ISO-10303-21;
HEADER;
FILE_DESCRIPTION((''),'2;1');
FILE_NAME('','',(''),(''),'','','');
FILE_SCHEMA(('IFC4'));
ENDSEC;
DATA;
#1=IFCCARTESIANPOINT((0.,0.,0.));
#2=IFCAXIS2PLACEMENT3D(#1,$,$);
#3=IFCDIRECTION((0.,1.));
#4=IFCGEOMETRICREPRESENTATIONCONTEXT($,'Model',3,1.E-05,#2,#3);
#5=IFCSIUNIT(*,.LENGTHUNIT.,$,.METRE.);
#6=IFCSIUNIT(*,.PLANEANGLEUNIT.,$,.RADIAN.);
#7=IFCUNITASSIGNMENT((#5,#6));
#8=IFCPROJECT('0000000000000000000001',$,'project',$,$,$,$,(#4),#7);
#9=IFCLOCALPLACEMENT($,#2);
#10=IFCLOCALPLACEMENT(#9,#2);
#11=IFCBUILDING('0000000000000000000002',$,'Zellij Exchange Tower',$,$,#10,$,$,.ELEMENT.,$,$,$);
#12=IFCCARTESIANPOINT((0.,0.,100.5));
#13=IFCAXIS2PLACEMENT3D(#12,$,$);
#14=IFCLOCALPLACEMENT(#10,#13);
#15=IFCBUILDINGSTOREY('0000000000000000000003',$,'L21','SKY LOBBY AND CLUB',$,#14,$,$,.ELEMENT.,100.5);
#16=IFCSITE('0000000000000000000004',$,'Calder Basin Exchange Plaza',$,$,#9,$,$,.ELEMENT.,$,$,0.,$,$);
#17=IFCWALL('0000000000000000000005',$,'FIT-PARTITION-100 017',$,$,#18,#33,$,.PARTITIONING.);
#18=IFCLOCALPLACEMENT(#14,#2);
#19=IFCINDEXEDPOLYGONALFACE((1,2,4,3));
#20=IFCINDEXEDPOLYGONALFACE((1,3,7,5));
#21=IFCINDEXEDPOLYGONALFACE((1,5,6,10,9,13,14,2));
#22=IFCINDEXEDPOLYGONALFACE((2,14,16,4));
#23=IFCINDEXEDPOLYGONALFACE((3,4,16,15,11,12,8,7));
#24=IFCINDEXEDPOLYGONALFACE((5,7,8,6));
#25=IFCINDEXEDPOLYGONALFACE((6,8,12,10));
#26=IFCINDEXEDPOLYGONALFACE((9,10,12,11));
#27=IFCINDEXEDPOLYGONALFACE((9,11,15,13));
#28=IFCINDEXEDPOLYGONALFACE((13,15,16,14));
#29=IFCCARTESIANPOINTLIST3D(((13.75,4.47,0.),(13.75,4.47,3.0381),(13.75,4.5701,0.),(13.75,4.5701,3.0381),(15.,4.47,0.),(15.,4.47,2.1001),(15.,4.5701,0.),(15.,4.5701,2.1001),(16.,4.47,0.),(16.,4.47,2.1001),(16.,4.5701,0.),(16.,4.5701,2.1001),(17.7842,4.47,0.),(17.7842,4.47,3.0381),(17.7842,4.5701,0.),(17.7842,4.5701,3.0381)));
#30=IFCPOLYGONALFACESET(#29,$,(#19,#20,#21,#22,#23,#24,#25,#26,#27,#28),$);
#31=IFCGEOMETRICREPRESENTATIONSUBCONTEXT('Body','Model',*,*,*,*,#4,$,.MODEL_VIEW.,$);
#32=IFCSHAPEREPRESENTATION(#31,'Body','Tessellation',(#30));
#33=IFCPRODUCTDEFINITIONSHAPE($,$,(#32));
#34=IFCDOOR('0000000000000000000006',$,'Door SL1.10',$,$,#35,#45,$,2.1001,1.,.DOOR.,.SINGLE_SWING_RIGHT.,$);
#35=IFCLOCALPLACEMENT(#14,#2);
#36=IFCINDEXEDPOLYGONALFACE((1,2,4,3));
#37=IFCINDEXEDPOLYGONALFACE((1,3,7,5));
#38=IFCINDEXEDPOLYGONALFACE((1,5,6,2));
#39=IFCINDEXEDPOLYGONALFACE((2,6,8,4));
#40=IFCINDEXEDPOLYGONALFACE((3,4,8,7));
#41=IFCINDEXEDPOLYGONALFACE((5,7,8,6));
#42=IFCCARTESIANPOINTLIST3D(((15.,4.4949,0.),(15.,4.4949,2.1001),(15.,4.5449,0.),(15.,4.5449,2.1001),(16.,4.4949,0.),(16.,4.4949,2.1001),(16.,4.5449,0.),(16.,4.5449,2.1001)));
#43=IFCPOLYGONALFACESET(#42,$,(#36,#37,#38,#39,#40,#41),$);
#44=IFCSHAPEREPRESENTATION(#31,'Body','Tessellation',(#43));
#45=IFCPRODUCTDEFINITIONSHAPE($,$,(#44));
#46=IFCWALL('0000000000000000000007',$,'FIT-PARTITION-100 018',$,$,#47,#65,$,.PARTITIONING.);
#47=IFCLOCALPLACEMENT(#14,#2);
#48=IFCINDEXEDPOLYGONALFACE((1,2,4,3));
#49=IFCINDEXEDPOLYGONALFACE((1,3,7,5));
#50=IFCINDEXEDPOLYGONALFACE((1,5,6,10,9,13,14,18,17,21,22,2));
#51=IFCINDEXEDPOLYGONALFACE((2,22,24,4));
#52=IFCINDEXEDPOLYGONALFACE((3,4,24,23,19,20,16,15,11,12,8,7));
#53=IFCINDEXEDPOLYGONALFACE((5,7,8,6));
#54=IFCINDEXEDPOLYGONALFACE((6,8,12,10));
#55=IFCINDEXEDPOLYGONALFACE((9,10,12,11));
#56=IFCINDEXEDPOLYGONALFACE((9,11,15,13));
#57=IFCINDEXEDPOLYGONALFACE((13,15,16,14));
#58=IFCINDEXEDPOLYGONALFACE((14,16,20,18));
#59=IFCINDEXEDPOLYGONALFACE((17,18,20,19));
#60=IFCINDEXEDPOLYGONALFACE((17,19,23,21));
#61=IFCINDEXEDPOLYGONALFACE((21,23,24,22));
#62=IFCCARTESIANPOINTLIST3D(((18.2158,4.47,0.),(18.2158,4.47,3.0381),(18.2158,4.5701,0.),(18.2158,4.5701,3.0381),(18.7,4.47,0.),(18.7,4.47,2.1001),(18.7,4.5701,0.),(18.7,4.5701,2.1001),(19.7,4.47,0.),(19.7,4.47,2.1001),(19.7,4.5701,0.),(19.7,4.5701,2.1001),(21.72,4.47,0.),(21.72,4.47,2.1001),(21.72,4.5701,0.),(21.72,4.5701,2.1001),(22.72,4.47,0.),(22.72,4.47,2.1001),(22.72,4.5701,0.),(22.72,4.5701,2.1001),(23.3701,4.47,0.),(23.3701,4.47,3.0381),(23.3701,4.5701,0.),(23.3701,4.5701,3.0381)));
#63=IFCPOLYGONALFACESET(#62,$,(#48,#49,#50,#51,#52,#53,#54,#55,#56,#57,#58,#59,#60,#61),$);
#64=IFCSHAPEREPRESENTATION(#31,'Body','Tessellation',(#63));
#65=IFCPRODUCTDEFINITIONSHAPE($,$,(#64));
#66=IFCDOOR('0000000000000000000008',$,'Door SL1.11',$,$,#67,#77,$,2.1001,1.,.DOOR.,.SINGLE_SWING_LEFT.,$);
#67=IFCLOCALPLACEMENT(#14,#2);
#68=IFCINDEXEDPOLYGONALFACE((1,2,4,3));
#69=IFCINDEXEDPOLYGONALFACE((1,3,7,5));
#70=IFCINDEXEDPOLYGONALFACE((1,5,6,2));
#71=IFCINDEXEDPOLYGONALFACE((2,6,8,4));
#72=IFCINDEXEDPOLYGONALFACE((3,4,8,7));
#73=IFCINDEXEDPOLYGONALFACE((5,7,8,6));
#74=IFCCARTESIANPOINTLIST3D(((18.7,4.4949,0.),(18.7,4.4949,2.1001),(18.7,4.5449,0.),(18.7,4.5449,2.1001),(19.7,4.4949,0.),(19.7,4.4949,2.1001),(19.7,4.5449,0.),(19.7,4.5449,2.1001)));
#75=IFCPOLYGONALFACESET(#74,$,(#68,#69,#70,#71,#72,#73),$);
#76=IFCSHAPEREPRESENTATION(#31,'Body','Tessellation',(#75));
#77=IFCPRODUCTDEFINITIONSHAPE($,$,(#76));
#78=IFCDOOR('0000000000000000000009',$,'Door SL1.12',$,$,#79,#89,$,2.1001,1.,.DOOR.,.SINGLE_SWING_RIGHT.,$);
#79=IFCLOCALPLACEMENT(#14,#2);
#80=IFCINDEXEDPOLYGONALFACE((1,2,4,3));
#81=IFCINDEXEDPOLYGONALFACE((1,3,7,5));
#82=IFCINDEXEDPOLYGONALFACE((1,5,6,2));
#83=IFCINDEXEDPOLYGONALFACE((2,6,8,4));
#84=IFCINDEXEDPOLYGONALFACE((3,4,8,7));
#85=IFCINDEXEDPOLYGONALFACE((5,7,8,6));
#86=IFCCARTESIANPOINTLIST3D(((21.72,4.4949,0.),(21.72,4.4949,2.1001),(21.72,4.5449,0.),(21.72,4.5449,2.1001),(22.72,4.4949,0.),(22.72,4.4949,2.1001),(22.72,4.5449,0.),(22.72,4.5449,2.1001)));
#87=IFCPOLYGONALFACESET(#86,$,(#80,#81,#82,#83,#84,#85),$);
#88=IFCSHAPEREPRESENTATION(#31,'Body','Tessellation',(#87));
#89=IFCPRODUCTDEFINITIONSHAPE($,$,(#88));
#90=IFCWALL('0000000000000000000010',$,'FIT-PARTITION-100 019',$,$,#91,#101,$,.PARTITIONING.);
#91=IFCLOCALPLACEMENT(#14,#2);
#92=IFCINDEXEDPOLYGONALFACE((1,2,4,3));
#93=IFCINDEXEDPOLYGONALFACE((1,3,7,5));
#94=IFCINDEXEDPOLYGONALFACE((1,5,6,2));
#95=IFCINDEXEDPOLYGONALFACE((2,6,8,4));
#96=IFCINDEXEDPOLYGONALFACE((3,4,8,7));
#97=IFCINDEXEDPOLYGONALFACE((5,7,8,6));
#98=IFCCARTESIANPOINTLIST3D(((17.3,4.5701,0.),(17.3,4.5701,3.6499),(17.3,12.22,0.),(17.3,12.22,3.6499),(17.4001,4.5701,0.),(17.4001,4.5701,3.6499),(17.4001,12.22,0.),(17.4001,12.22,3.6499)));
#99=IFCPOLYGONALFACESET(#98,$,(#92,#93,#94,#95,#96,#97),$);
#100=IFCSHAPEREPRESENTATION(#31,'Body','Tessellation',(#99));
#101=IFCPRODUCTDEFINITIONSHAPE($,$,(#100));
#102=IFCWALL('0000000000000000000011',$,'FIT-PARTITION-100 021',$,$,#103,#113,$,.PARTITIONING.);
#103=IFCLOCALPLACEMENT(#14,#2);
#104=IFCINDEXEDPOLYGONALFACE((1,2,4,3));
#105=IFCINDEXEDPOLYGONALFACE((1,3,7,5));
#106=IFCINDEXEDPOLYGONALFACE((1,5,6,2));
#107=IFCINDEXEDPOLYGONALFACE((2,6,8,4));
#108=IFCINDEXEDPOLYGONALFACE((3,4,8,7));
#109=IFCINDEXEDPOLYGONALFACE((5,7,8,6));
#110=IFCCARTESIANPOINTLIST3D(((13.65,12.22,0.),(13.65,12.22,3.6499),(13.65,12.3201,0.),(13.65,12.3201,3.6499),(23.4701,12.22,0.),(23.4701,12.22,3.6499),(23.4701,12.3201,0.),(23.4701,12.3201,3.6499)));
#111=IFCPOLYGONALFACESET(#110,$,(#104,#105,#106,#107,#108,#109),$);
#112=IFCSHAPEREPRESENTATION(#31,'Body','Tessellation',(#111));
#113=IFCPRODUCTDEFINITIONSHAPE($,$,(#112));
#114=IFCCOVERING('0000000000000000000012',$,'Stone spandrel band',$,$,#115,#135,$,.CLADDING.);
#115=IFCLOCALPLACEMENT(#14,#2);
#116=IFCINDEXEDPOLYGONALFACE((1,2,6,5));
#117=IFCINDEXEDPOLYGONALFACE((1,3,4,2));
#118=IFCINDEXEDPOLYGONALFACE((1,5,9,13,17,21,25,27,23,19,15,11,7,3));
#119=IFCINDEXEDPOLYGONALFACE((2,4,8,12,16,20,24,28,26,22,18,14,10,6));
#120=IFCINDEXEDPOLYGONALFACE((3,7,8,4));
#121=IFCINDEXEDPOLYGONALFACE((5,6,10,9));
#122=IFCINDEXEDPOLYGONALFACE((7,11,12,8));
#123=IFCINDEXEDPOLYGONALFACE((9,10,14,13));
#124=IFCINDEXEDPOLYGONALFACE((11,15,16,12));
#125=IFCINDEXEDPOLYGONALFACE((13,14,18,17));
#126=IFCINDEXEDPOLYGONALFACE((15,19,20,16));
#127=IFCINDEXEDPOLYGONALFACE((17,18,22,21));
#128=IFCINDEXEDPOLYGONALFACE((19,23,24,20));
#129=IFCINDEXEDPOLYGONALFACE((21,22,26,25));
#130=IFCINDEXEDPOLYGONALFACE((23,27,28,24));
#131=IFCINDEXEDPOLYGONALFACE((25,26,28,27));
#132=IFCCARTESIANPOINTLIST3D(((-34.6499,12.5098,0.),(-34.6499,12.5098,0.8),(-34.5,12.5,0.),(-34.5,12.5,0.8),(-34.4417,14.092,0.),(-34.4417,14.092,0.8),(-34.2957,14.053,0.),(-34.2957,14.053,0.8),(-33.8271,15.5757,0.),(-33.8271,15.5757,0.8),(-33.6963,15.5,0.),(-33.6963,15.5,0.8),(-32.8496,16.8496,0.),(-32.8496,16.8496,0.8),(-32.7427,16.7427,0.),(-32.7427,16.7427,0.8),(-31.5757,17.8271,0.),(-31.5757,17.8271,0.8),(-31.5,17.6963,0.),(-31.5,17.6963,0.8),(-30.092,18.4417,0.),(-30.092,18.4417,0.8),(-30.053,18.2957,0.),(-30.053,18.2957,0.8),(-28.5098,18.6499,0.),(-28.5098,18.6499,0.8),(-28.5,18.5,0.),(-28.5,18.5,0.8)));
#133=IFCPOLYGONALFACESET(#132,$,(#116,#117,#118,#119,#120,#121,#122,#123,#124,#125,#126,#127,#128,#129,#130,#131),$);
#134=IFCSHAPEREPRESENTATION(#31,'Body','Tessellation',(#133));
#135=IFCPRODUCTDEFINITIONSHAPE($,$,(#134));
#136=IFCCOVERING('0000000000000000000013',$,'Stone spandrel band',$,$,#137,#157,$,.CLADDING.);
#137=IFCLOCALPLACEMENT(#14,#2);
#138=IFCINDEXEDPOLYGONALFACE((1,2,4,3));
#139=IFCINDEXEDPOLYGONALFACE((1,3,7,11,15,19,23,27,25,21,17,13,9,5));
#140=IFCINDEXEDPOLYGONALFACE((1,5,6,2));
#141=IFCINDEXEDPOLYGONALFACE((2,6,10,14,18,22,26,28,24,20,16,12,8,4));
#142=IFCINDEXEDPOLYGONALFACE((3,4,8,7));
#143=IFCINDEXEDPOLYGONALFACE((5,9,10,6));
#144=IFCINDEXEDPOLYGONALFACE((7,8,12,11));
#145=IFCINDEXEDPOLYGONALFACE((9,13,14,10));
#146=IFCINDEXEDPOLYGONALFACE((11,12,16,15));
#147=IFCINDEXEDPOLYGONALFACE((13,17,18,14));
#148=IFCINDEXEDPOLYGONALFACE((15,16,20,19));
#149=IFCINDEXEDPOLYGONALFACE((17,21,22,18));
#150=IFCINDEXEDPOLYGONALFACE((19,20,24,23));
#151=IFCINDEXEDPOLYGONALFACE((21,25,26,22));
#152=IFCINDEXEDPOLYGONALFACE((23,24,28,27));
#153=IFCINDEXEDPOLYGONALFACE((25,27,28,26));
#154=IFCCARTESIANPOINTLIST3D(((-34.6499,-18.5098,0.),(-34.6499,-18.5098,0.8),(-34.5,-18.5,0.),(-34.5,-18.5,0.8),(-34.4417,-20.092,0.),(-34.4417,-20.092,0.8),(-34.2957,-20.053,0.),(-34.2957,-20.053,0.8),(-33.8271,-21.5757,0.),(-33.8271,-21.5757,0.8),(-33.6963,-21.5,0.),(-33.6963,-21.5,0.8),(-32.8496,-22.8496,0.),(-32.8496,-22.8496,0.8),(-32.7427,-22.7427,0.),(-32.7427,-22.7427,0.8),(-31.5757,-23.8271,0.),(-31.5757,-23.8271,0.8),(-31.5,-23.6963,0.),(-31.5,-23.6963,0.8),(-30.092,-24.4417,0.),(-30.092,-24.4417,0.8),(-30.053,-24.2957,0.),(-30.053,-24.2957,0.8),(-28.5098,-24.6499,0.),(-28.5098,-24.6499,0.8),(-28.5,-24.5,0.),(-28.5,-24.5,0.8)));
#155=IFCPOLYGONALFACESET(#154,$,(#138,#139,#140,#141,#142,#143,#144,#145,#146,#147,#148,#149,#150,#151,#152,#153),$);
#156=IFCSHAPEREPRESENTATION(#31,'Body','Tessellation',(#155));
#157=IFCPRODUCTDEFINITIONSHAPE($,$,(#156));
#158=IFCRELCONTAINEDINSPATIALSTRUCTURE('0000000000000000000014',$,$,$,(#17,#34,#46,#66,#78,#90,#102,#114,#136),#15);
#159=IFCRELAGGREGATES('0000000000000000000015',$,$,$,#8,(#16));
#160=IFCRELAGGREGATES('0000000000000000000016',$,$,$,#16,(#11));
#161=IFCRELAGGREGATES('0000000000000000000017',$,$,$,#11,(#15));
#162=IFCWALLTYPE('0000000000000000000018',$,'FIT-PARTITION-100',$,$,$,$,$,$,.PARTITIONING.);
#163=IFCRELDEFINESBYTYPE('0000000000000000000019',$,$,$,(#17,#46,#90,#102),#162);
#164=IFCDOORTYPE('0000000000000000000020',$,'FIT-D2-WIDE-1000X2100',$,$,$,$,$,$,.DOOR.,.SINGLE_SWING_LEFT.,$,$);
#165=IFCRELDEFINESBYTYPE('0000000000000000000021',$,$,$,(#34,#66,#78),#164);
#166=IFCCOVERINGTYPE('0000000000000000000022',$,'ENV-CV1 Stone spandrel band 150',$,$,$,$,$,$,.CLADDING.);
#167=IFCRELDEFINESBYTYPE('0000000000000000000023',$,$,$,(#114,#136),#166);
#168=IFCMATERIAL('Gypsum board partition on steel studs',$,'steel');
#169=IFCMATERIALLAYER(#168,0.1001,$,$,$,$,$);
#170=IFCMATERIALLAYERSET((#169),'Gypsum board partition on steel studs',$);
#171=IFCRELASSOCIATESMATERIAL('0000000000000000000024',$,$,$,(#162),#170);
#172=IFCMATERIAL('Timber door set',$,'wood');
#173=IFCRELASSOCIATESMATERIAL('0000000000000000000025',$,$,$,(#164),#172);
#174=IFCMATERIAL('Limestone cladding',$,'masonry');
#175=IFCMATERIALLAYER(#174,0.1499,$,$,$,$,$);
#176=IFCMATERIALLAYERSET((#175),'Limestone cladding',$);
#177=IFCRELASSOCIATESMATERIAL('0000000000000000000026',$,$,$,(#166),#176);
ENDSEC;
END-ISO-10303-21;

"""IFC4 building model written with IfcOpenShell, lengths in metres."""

from ifc_helpers import new_model, si_unit, direction, frame, frame_2d, origin, place, context, subcontext, project, spatial, polyline, rectangle, outline, extrude, material, layer, layer_set, type_object, element, fill, save


model = new_model("IFC4")

# Units and contexts
model_context = context("Model", 3, precision=1e-05, world=origin(), true_north=direction((0.0, 1.0)))
body_context = subcontext(model_context, "Body", "Model", "MODEL_VIEW")
ifc_project = project(units=[si_unit("LENGTHUNIT", "METRE"), si_unit("PLANEANGLEUNIT", "RADIAN")], contexts=[model_context])

# Site, building, storey
site_placement = place(None, origin())
site = spatial("IfcSite", under=ifc_project, at=site_placement, Name="Calder Basin Exchange Plaza", CompositionType="ELEMENT", RefElevation=0.0)
building_placement = place(site_placement, origin())
building = spatial("IfcBuilding", under=site, at=building_placement, Name="Zellij Exchange Tower", CompositionType="ELEMENT")
storey_placement = place(building_placement, frame((0.0, 0.0, 100.5)))
storey = spatial("IfcBuildingStorey", under=building, at=storey_placement, Name="L21", Description="SKY LOBBY AND CLUB", CompositionType="ELEMENT", Elevation=100.5)

# Shared definitions
ifc_material_1 = material(Name="Gypsum board partition on steel studs", Category="steel")
ifc_layer_1 = layer(ifc_material_1, 0.1001)
ifc_layer_set_1 = layer_set([ifc_layer_1], Name="Gypsum board partition on steel studs")
wall_type = type_object("IfcWallType", Name="FIT-PARTITION-100", PredefinedType="PARTITIONING", material=ifc_layer_set_1)

# Wall, opening, door
wall_1_placement = place(storey_placement, frame((13.75, 4.52, 0.0), z_axis=(0.0, 0.0, 1.0), x_axis=(1.0, 0.0, 0.0)))
wall_1 = element("IfcWall", 1, at=wall_1_placement, inside=storey, type_object=wall_type, Name="FIT-PARTITION-100 017", PredefinedType="PARTITIONING", context=body_context, shape_type="SweptSolid", body=[
    extrude(rectangle(XDim=4.0342, YDim=0.1001, at=frame_2d((2.0171, 0.0))), origin(), (0.0, 0.0, 1.0), 3.0381),
])
opening_1_placement = place(wall_1_placement, frame((1.25, 0.0, 0.0)))
opening_1 = element("IfcOpeningElement", 2, at=opening_1_placement, cuts=wall_1, PredefinedType="OPENING", context=body_context, shape_type="SweptSolid", body=[
    extrude(rectangle(XDim=1.0, YDim=2.1001, at=frame_2d((0.5, 1.05))), frame((0.0, 0.062, 0.0), z_axis=(0.0, -1.0, 0.0), x_axis=(1.0, 0.0, 0.0)), (0.0, 0.0, 1.0), 0.124),
])
ifc_material_2 = material(Name="Timber door set", Category="wood")
door_type = type_object("IfcDoorType", Name="FIT-D2-WIDE-1000X2100", OperationType="SINGLE_SWING_LEFT", PredefinedType="DOOR", material=ifc_material_2)
door_1_placement = place(opening_1_placement, origin())
door_1 = element("IfcDoor", 3, at=door_1_placement, inside=storey, type_object=door_type, Name="Door SL1.10", OperationType="SINGLE_SWING_RIGHT", OverallHeight=2.1001, OverallWidth=1.0, PredefinedType="DOOR", context=body_context, shape_type="SweptSolid", body=[
    extrude(rectangle(XDim=1.0, YDim=2.1001, at=frame_2d((0.5, 1.05))), frame((0.0, 0.0249, 0.0), z_axis=(0.0, -1.0, 0.0), x_axis=(1.0, 0.0, 0.0)), (0.0, 0.0, 1.0), 0.05),
])
fill(opening_1, door_1)

# Wall, openings, doors
wall_2_placement = place(storey_placement, frame((18.2158, 4.52, 0.0), z_axis=(0.0, 0.0, 1.0), x_axis=(1.0, 0.0, 0.0)))
wall_2 = element("IfcWall", 4, at=wall_2_placement, inside=storey, type_object=wall_type, Name="FIT-PARTITION-100 018", PredefinedType="PARTITIONING", context=body_context, shape_type="SweptSolid", body=[
    extrude(rectangle(XDim=5.1543, YDim=0.1001, at=frame_2d((2.5771, 0.0))), origin(), (0.0, 0.0, 1.0), 3.0381),
])
opening_2_placement = place(wall_2_placement, frame((0.4841, 0.0, 0.0)))
opening_2 = element("IfcOpeningElement", 5, at=opening_2_placement, cuts=wall_2, PredefinedType="OPENING", context=body_context, shape_type="SweptSolid", body=[
    extrude(rectangle(XDim=1.0, YDim=2.1001, at=frame_2d((0.5, 1.05))), frame((0.0, 0.062, 0.0), z_axis=(0.0, -1.0, 0.0), x_axis=(1.0, 0.0, 0.0)), (0.0, 0.0, 1.0), 0.124),
])
opening_3_placement = place(wall_2_placement, frame((3.5042, 0.0, 0.0)))
opening_3 = element("IfcOpeningElement", 6, at=opening_3_placement, cuts=wall_2, PredefinedType="OPENING", context=body_context, shape_type="SweptSolid", body=[
    extrude(rectangle(XDim=1.0, YDim=2.1001, at=frame_2d((0.5, 1.05))), frame((0.0, 0.062, 0.0), z_axis=(0.0, -1.0, 0.0), x_axis=(1.0, 0.0, 0.0)), (0.0, 0.0, 1.0), 0.124),
])
door_2_placement = place(opening_2_placement, origin())
door_2 = element("IfcDoor", 7, at=door_2_placement, inside=storey, type_object=door_type, Name="Door SL1.11", OperationType="SINGLE_SWING_LEFT", OverallHeight=2.1001, OverallWidth=1.0, PredefinedType="DOOR", context=body_context, shape_type="SweptSolid", body=[
    extrude(rectangle(XDim=1.0, YDim=2.1001, at=frame_2d((0.5, 1.05))), frame((0.0, 0.0249, 0.0), z_axis=(0.0, -1.0, 0.0), x_axis=(1.0, 0.0, 0.0)), (0.0, 0.0, 1.0), 0.05),
])
fill(opening_2, door_2)
door_3_placement = place(opening_3_placement, origin())
door_3 = element("IfcDoor", 8, at=door_3_placement, inside=storey, type_object=door_type, Name="Door SL1.12", OperationType="SINGLE_SWING_RIGHT", OverallHeight=2.1001, OverallWidth=1.0, PredefinedType="DOOR", context=body_context, shape_type="SweptSolid", body=[
    extrude(rectangle(XDim=1.0, YDim=2.1001, at=frame_2d((0.5, 1.05))), frame((0.0, 0.0249, 0.0), z_axis=(0.0, -1.0, 0.0), x_axis=(1.0, 0.0, 0.0)), (0.0, 0.0, 1.0), 0.05),
])
fill(opening_3, door_3)

# Walls
wall_3_placement = place(storey_placement, frame((17.3501, 4.5701, 0.0), z_axis=(0.0, 0.0, 1.0), x_axis=(0.0, 1.0, 0.0)))
element("IfcWall", 9, at=wall_3_placement, inside=storey, type_object=wall_type, Name="FIT-PARTITION-100 019", PredefinedType="PARTITIONING", context=body_context, shape_type="SweptSolid", body=[
    extrude(rectangle(XDim=7.6499, YDim=0.1001, at=frame_2d((3.825, 0.0))), origin(), (0.0, 0.0, 1.0), 3.6499),
])
wall_4_placement = place(storey_placement, frame((13.6499, 12.27, 0.0), z_axis=(0.0, 0.0, 1.0), x_axis=(1.0, 0.0, 0.0)))
element("IfcWall", 10, at=wall_4_placement, inside=storey, type_object=wall_type, Name="FIT-PARTITION-100 021", PredefinedType="PARTITIONING", context=body_context, shape_type="SweptSolid", body=[
    extrude(rectangle(XDim=9.8201, YDim=0.1001, at=frame_2d((4.9102, 0.0))), origin(), (0.0, 0.0, 1.0), 3.6499),
])

# Coverings
ifc_material_3 = material(Name="Limestone cladding", Category="masonry")
ifc_layer_2 = layer(ifc_material_3, 0.1499)
ifc_layer_set_2 = layer_set([ifc_layer_2], Name="Limestone cladding")
covering_type_1 = type_object("IfcCoveringType", Name="ENV-CV1 Stone spandrel band 150", PredefinedType="CLADDING", material=ifc_layer_set_2)
covering_1_placement = place(storey_placement, origin())
element("IfcCovering", 11, at=covering_1_placement, inside=storey, type_object=covering_type_1, Name="Stone spandrel band", PredefinedType="CLADDING", context=body_context, shape_type="SweptSolid", body=[
    extrude(outline(polyline([(-28.5, 18.5), (-30.053, 18.2957), (-31.5, 17.6963), (-32.7427, 16.7427), (-33.6963, 15.5), (-34.2957, 14.053), (-34.5, 12.5), (-34.6499, 12.5098), (-34.4417, 14.092), (-33.8271, 15.5757), (-32.8496, 16.8496), (-31.5757, 17.8271), (-30.092, 18.4417), (-28.5098, 18.6499), (-28.5, 18.5)])), origin(), (0.0, 0.0, 1.0), 0.8),
])
covering_2_placement = place(storey_placement, origin())
element("IfcCovering", 12, at=covering_2_placement, inside=storey, type_object=covering_type_1, Name="Stone spandrel band", PredefinedType="CLADDING", context=body_context, shape_type="SweptSolid", body=[
    extrude(outline(polyline([(-34.5, -18.5), (-34.2957, -20.053), (-33.6963, -21.5), (-32.7427, -22.7427), (-31.5, -23.6963), (-30.053, -24.2957), (-28.5, -24.5), (-28.5098, -24.6499), (-30.092, -24.4417), (-31.5757, -23.8271), (-32.8496, -22.8496), (-33.8271, -21.5757), (-34.4417, -20.092), (-34.6499, -18.5098), (-34.5, -18.5)])), origin(), (0.0, 0.0, 1.0), 0.8),
])

save(model, "model.ifc")
